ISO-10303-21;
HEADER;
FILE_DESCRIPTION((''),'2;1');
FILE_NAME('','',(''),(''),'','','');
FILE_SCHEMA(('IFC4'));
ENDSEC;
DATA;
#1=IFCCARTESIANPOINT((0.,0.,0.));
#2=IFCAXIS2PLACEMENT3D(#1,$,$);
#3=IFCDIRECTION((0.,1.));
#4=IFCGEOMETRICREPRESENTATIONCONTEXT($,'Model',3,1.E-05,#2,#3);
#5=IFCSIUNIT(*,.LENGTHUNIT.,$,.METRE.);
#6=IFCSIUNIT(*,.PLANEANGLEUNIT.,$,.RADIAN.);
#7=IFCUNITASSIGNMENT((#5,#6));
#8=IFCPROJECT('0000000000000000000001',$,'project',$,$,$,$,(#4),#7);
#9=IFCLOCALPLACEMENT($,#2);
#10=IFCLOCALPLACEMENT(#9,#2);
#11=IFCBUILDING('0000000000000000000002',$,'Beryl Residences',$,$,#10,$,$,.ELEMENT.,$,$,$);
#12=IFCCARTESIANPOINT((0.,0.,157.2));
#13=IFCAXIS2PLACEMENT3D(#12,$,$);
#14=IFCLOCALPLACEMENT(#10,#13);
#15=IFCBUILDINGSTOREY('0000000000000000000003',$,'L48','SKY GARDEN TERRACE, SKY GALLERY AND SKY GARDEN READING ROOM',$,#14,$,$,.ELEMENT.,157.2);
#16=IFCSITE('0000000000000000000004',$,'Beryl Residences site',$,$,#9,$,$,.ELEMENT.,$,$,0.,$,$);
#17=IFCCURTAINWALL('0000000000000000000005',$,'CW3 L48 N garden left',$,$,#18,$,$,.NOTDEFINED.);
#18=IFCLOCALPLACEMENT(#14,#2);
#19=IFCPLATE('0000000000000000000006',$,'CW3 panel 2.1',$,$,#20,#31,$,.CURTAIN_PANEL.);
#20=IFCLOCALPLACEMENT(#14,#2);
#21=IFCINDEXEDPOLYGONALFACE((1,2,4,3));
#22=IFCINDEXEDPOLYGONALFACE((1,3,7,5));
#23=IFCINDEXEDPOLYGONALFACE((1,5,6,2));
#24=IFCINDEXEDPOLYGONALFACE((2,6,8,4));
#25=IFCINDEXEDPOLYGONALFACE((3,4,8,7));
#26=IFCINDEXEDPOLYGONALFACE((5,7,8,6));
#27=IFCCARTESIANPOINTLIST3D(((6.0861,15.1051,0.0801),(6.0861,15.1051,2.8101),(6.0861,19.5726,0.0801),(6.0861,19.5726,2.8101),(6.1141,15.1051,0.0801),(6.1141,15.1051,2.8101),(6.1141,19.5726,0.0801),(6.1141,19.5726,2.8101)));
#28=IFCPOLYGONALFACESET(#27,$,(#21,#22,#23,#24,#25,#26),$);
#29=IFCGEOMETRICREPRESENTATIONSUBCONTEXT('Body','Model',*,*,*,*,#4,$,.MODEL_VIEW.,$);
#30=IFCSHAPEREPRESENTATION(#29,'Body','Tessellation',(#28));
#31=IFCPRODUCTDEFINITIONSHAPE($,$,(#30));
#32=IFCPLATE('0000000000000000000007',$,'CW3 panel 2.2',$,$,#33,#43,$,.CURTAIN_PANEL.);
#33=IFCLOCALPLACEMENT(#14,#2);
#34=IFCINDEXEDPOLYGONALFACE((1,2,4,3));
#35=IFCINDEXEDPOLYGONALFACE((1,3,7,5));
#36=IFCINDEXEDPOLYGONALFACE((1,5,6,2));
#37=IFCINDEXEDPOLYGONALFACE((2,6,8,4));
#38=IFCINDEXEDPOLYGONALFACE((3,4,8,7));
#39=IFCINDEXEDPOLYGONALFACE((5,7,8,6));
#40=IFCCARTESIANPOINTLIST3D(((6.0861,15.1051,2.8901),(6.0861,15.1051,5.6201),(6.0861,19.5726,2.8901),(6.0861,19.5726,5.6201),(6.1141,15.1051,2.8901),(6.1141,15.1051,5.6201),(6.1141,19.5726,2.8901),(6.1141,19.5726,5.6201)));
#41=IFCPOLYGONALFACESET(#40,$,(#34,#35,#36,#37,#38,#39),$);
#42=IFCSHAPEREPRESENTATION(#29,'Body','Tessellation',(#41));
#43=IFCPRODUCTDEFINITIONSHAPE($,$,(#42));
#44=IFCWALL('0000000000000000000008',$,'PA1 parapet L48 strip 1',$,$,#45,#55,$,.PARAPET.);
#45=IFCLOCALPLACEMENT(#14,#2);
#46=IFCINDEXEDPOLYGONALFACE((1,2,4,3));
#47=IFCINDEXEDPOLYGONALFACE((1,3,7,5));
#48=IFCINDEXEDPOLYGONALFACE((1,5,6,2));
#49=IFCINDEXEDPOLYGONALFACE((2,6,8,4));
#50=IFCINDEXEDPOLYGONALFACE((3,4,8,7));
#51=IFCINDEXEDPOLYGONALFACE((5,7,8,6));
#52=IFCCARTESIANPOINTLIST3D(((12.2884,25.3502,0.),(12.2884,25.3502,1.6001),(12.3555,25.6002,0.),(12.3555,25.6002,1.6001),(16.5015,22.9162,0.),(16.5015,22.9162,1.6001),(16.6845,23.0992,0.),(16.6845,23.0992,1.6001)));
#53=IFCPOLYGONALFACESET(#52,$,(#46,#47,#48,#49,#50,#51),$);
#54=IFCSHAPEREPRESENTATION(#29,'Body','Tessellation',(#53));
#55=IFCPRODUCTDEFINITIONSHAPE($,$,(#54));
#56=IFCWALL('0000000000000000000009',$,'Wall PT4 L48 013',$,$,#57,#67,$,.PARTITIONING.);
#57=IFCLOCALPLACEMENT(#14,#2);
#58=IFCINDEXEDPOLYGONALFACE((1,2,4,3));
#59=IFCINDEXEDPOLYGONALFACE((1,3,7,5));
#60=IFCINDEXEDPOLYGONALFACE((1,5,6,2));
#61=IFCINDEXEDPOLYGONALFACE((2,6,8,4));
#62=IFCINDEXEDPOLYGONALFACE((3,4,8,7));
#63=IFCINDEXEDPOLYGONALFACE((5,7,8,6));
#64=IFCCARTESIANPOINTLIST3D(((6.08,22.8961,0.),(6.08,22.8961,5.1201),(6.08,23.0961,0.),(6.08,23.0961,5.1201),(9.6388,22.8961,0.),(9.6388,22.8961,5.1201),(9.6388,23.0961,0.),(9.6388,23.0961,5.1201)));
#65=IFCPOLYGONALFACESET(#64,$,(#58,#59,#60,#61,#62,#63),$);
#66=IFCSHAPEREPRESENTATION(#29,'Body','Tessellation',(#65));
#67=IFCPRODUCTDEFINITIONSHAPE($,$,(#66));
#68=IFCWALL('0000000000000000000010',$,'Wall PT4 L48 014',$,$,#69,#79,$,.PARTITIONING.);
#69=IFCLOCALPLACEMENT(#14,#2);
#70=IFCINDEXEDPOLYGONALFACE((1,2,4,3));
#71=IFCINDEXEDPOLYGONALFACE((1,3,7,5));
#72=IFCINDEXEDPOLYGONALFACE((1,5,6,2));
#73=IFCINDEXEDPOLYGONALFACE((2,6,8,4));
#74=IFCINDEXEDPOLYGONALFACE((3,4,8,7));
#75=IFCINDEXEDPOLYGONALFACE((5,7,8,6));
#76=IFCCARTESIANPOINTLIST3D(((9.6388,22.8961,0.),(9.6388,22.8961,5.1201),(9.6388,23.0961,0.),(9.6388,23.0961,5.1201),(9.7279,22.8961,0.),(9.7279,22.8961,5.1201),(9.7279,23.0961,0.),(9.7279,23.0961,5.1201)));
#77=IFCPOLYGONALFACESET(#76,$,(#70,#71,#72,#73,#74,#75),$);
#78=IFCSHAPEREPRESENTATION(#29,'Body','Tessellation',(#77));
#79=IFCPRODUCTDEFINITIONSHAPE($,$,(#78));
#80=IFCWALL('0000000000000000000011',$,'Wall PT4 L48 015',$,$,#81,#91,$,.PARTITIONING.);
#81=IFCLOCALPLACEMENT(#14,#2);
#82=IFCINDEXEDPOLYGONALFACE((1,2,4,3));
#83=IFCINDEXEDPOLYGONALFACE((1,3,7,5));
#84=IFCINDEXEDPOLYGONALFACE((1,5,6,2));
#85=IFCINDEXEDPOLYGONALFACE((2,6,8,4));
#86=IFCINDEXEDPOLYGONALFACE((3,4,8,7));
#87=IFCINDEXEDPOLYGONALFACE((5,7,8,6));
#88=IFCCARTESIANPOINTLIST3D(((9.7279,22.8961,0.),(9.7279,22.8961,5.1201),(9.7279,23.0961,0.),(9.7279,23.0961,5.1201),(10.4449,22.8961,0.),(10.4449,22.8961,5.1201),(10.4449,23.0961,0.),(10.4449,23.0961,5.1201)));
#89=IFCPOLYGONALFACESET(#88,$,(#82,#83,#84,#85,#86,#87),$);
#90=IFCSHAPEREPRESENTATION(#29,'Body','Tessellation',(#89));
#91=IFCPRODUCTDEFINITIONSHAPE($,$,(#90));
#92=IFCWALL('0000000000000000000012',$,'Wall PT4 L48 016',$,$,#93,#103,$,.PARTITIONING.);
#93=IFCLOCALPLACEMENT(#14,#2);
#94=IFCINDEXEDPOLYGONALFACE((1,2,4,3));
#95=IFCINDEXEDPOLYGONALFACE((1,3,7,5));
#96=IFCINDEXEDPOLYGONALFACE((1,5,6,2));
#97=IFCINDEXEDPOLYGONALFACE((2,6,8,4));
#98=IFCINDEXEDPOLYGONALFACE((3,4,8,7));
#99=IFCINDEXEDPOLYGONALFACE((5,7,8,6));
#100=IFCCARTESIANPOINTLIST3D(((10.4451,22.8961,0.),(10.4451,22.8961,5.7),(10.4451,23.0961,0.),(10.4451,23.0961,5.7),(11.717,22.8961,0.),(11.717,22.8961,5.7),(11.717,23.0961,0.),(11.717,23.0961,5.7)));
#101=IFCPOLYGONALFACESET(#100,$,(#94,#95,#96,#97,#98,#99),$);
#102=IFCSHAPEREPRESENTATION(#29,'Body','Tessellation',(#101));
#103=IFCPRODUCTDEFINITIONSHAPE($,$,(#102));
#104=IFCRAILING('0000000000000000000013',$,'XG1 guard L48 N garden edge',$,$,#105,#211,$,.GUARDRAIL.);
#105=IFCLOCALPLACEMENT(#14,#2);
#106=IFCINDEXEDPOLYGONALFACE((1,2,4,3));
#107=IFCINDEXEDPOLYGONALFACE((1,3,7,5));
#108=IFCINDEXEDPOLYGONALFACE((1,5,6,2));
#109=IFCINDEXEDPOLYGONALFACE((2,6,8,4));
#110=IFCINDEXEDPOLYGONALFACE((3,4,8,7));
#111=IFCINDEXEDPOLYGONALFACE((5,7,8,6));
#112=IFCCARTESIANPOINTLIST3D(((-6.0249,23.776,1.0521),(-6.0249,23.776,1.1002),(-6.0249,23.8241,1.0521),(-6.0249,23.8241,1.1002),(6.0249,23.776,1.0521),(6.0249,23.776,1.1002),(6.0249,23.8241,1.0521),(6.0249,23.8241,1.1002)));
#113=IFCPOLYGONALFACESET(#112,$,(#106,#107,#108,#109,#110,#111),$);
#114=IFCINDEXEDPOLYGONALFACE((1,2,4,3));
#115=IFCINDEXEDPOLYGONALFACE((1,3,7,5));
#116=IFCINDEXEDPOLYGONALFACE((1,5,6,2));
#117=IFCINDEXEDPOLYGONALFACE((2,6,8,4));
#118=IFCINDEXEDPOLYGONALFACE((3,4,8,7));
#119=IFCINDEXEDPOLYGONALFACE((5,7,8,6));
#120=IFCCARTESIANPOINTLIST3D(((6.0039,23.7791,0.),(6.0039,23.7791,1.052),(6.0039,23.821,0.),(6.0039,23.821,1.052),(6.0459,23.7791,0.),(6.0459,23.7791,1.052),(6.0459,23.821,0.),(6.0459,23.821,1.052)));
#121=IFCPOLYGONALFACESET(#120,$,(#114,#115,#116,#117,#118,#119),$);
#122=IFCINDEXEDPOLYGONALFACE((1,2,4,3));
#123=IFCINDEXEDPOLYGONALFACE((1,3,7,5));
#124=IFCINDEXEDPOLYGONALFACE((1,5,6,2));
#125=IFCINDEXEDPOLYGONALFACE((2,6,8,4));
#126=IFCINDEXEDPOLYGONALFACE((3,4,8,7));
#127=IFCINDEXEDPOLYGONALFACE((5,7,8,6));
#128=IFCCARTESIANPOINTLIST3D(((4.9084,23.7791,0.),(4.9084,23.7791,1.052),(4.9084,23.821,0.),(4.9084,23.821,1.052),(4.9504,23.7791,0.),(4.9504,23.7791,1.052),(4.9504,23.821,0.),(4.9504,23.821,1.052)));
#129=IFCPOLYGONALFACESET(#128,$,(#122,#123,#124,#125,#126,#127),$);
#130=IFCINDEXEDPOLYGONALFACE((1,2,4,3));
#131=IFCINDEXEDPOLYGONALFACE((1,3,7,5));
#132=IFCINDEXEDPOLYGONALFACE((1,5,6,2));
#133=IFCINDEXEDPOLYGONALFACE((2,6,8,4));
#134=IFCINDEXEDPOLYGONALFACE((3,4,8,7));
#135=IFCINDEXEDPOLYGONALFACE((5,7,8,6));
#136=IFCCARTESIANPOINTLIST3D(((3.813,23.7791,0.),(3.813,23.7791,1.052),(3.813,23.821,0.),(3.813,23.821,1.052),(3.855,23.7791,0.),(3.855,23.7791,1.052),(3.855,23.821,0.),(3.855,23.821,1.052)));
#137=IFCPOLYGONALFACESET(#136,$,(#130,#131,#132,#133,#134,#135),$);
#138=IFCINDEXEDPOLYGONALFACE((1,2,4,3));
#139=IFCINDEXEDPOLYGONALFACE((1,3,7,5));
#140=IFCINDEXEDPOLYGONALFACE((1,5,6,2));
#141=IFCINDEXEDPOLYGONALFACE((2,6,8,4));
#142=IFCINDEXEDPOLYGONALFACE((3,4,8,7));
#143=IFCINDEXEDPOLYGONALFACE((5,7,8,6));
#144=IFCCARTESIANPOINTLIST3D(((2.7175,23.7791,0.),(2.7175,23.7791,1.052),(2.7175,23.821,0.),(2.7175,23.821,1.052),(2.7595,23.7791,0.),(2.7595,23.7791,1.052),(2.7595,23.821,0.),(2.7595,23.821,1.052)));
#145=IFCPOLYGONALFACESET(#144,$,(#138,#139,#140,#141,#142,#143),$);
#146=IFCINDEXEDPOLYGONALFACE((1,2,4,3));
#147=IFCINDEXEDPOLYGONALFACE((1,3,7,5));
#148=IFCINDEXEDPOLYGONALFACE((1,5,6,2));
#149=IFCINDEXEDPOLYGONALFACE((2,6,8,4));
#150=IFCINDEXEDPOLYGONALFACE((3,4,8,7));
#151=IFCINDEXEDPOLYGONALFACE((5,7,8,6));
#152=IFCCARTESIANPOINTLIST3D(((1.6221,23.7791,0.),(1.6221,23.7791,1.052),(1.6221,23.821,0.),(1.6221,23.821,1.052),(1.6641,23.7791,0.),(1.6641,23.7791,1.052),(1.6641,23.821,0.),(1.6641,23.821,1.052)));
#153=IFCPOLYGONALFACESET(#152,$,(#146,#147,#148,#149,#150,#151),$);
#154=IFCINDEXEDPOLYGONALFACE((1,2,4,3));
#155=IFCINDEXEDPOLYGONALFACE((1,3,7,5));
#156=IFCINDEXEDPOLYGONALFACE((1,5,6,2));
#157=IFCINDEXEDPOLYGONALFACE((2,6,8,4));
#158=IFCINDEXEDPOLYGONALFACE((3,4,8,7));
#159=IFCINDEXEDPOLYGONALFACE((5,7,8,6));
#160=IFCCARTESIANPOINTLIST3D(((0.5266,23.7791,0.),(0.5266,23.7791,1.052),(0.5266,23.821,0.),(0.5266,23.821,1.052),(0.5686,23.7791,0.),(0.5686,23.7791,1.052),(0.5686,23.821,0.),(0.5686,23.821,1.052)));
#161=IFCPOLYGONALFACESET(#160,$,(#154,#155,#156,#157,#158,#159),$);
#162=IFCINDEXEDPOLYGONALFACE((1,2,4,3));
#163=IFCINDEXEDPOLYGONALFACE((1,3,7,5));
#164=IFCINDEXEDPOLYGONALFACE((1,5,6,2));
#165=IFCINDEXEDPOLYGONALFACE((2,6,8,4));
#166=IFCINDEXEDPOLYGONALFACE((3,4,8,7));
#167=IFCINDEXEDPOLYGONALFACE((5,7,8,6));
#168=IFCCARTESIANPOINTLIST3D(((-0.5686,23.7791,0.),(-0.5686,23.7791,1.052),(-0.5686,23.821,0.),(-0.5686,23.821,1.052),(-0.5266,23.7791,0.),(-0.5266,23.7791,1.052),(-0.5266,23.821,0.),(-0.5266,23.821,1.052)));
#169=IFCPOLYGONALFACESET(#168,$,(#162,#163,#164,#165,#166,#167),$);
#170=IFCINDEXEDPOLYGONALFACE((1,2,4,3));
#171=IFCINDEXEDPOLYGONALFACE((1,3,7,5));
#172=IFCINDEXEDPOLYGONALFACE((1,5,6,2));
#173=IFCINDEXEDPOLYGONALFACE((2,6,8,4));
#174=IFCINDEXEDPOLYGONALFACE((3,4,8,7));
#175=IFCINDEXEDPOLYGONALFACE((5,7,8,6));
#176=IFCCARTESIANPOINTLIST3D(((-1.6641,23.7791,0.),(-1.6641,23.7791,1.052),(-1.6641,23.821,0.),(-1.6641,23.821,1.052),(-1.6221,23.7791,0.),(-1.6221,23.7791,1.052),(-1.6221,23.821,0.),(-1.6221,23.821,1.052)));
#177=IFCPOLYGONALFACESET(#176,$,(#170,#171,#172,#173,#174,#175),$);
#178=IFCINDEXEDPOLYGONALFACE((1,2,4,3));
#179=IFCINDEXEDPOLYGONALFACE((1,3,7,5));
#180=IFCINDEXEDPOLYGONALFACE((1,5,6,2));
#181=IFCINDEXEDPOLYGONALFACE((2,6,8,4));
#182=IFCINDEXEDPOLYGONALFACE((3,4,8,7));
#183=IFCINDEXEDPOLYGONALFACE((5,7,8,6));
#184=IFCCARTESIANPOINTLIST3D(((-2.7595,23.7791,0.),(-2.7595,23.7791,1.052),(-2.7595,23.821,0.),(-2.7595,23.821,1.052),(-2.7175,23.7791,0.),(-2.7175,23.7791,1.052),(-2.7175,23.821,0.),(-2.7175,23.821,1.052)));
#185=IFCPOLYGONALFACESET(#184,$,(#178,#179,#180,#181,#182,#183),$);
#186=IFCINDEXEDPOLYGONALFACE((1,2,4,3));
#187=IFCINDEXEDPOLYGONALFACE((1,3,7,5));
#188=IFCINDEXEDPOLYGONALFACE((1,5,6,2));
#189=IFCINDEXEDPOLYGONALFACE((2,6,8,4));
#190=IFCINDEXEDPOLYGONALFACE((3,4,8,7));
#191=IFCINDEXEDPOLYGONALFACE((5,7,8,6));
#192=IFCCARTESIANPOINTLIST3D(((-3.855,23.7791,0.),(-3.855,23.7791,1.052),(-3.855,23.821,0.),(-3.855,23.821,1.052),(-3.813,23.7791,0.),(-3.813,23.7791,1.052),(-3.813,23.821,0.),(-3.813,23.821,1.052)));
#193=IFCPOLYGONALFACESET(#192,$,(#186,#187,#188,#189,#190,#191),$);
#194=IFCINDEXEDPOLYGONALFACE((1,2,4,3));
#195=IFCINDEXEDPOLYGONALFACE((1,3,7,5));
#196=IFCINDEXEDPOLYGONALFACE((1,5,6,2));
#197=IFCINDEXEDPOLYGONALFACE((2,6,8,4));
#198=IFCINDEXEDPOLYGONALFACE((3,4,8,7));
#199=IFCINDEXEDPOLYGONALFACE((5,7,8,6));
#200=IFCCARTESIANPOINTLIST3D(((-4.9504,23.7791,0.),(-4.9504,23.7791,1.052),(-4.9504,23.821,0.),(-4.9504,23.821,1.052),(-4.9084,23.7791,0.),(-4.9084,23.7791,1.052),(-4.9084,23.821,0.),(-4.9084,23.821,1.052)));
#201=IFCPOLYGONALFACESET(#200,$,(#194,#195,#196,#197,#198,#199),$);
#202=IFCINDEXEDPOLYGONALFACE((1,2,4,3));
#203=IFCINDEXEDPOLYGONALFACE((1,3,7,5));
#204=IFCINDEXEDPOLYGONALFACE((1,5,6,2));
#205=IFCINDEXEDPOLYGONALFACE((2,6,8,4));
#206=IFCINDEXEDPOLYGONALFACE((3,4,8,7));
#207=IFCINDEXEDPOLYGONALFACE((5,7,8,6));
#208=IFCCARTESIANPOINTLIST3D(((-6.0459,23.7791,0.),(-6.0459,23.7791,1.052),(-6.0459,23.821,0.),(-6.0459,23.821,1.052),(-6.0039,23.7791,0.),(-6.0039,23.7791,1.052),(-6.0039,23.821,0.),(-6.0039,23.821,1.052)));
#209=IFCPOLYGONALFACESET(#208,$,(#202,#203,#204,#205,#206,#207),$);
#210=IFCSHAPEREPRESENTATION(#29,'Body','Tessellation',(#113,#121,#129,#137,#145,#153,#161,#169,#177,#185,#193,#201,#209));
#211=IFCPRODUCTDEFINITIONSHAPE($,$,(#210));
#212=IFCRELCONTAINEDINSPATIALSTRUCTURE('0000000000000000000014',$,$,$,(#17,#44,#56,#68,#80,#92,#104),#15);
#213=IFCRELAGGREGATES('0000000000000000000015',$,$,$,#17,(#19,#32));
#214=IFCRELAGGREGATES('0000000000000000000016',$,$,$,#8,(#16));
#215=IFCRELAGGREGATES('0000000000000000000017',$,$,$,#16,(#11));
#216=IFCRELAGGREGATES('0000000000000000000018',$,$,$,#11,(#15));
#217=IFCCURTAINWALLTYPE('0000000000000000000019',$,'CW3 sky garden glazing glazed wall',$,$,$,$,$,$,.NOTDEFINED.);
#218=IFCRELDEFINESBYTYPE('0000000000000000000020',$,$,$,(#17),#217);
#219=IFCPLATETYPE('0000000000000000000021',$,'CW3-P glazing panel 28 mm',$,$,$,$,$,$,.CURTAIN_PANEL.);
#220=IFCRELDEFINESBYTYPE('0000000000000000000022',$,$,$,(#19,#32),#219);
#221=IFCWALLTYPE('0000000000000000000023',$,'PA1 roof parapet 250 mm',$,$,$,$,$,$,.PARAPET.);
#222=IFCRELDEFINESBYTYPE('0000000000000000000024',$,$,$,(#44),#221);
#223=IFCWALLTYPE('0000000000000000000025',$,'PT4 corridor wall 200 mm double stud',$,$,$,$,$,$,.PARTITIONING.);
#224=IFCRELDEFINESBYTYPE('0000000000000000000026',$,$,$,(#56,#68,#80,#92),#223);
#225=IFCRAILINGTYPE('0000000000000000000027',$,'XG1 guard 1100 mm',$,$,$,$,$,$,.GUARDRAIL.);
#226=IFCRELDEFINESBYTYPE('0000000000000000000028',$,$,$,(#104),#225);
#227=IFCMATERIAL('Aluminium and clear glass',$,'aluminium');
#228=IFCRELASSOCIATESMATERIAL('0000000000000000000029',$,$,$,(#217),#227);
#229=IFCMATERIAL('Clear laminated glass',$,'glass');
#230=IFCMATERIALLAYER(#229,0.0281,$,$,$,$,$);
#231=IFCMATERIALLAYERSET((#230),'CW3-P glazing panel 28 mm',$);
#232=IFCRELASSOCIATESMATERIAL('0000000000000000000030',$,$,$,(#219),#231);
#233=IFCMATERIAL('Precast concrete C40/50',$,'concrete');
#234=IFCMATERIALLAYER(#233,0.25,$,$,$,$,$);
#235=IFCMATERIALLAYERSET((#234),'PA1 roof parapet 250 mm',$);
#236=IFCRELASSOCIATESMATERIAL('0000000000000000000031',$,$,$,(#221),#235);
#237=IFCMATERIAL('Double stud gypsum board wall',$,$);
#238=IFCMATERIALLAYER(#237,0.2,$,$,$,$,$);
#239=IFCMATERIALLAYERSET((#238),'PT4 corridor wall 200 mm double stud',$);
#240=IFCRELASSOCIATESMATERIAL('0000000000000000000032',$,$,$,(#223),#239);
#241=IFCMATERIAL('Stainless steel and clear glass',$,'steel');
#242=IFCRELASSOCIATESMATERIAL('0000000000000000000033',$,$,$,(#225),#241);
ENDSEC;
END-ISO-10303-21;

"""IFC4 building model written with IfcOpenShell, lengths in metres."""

from ifc_helpers import new_model, si_unit, direction, frame, frame_2d, origin, origin_2d, place, context, subcontext, project, spatial, polyline, rectangle, outline, extrude, material, layer, layer_set, type_object, element, aggregate, save


model = new_model("IFC4")

# Units and contexts
model_context = context("Model", 3, precision=1e-05, world=origin(), true_north=direction((0.0, 1.0)))
body_context = subcontext(model_context, "Body", "Model", "MODEL_VIEW")
ifc_project = project(units=[si_unit("LENGTHUNIT", "METRE"), si_unit("PLANEANGLEUNIT", "RADIAN")], contexts=[model_context])

# Site, building, storey
site_placement = place(None, origin())
site = spatial("IfcSite", under=ifc_project, at=site_placement, Name="Beryl Residences site", CompositionType="ELEMENT", RefElevation=0.0)
building_placement = place(site_placement, origin())
building = spatial("IfcBuilding", under=site, at=building_placement, Name="Beryl Residences", CompositionType="ELEMENT")
storey_placement = place(building_placement, frame((0.0, 0.0, 157.2)))
storey = spatial("IfcBuildingStorey", under=building, at=storey_placement, Name="L48", Description="SKY GARDEN TERRACE, SKY GALLERY AND SKY GARDEN READING ROOM", CompositionType="ELEMENT", Elevation=157.2)

# Shared definitions
ifc_material_1 = material(Name="Aluminium and clear glass", Category="aluminium")
curtain_wall_type = type_object("IfcCurtainWallType", Name="CW3 sky garden glazing glazed wall", PredefinedType="NOTDEFINED", material=ifc_material_1)

# Curtain wall
curtain_wall_1_placement = place(storey_placement, origin())
curtain_wall_1 = element("IfcCurtainWall", 1, at=curtain_wall_1_placement, inside=storey, type_object=curtain_wall_type, Name="CW3 L48 N garden left", PredefinedType="NOTDEFINED")

# Plates
ifc_material_2 = material(Name="Clear laminated glass", Category="glass")
ifc_layer_1 = layer(ifc_material_2, 0.0281)
ifc_layer_set_1 = layer_set([ifc_layer_1], Name="CW3-P glazing panel 28 mm")
plate_type = type_object("IfcPlateType", Name="CW3-P glazing panel 28 mm", PredefinedType="CURTAIN_PANEL", material=ifc_layer_set_1)
plate_1_placement = place(storey_placement, frame((6.1001, 17.3389, 0.0801), z_axis=(0.0, 0.0, 1.0), x_axis=(0.0, -1.0, 0.0)))
plate_1 = element("IfcPlate", 2, at=plate_1_placement, type_object=plate_type, Name="CW3 panel 2.1", PredefinedType="CURTAIN_PANEL", context=body_context, shape_type="SweptSolid", body=[
    extrude(rectangle(XDim=4.4675, YDim=0.0281, at=origin_2d()), origin(), (0.0, 0.0, 1.0), 2.73),
])
plate_2_placement = place(storey_placement, frame((6.1001, 17.3389, 2.8901), z_axis=(0.0, 0.0, 1.0), x_axis=(0.0, -1.0, 0.0)))
plate_2 = element("IfcPlate", 3, at=plate_2_placement, type_object=plate_type, Name="CW3 panel 2.2", PredefinedType="CURTAIN_PANEL", context=body_context, shape_type="SweptSolid", body=[
    extrude(rectangle(XDim=4.4675, YDim=0.0281, at=origin_2d()), origin(), (0.0, 0.0, 1.0), 2.73),
])
aggregate(curtain_wall_1, [plate_1, plate_2])

# Walls
ifc_material_3 = material(Name="Precast concrete C40/50", Category="concrete")
ifc_layer_2 = layer(ifc_material_3, 0.25)
ifc_layer_set_2 = layer_set([ifc_layer_2], Name="PA1 roof parapet 250 mm")
wall_type_1 = type_object("IfcWallType", Name="PA1 roof parapet 250 mm", PredefinedType="PARAPET", material=ifc_layer_set_2)
wall_1_placement = place(storey_placement, frame((12.293, 25.4919, 0.0), z_axis=(0.0, 0.0, 1.0), x_axis=(0.86589, -0.500235, 0.0)))
element("IfcWall", 4, at=wall_1_placement, inside=storey, type_object=wall_type_1, Name="PA1 parapet L48 strip 1", PredefinedType="PARAPET", context=body_context, shape_type="SweptSolid", body=[
    extrude(outline(polyline([(0.0669, -0.125), (4.9326, -0.125), (4.9995, 0.125), (0.0, 0.125), (0.0669, -0.125)])), origin(), (0.0, 0.0, 1.0), 1.6001),
])
ifc_material_4 = material(Name="Double stud gypsum board wall")
ifc_layer_3 = layer(ifc_material_4, 0.2)
ifc_layer_set_3 = layer_set([ifc_layer_3], Name="PT4 corridor wall 200 mm double stud")
wall_type_2 = type_object("IfcWallType", Name="PT4 corridor wall 200 mm double stud", PredefinedType="PARTITIONING", material=ifc_layer_set_3)
wall_2_placement = place(storey_placement, frame((6.0801, 22.9961, 0.0), z_axis=(0.0, 0.0, 1.0), x_axis=(1.0, 0.0, 0.0)))
element("IfcWall", 5, at=wall_2_placement, inside=storey, type_object=wall_type_2, Name="Wall PT4 L48 013", PredefinedType="PARTITIONING", context=body_context, shape_type="SweptSolid", body=[
    extrude(rectangle(XDim=3.5588, YDim=0.2, at=frame_2d((1.7793, 0.0))), origin(), (0.0, 0.0, 1.0), 5.1201),
])
wall_3_placement = place(storey_placement, frame((9.6389, 22.9961, 0.0), z_axis=(0.0, 0.0, 1.0), x_axis=(1.0, 0.0, 0.0)))
element("IfcWall", 6, at=wall_3_placement, inside=storey, type_object=wall_type_2, Name="Wall PT4 L48 014", PredefinedType="PARTITIONING", context=body_context, shape_type="SweptSolid", body=[
    extrude(rectangle(XDim=0.0891, YDim=0.2, at=frame_2d((0.0444, 0.0))), origin(), (0.0, 0.0, 1.0), 5.1201),
])
wall_4_placement = place(storey_placement, frame((9.728, 22.9961, 0.0), z_axis=(0.0, 0.0, 1.0), x_axis=(1.0, 0.0, 0.0)))
element("IfcWall", 7, at=wall_4_placement, inside=storey, type_object=wall_type_2, Name="Wall PT4 L48 015", PredefinedType="PARTITIONING", context=body_context, shape_type="SweptSolid", body=[
    extrude(rectangle(XDim=0.717, YDim=0.2, at=frame_2d((0.3584, 0.0))), origin(), (0.0, 0.0, 1.0), 5.1201),
])
wall_5_placement = place(storey_placement, frame((10.4451, 22.9961, 0.0), z_axis=(0.0, 0.0, 1.0), x_axis=(1.0, 0.0, 0.0)))
element("IfcWall", 8, at=wall_5_placement, inside=storey, type_object=wall_type_2, Name="Wall PT4 L48 016", PredefinedType="PARTITIONING", context=body_context, shape_type="SweptSolid", body=[
    extrude(rectangle(XDim=1.272, YDim=0.2, at=frame_2d((0.636, 0.0))), origin(), (0.0, 0.0, 1.0), 5.7),
])

# Railing
ifc_material_5 = material(Name="Stainless steel and clear glass", Category="steel")
railing_type = type_object("IfcRailingType", Name="XG1 guard 1100 mm", PredefinedType="GUARDRAIL", material=ifc_material_5)
railing_placement = place(storey_placement, frame((6.0249, 23.8, 0.0)))
element("IfcRailing", 9, at=railing_placement, inside=storey, type_object=railing_type, Name="XG1 guard L48 N garden edge", PredefinedType="GUARDRAIL", context=body_context, shape_type="SweptSolid", body=[
    extrude(rectangle(XDim=0.0481, YDim=0.0481, at=origin_2d()), frame((0.0, 0.0, 1.0762), z_axis=(-1.0, 0.0, 0.0), x_axis=(0.0, -1.0, 0.0)), (0.0, 0.0, 1.0), 12.0498),
    extrude(rectangle(XDim=0.042, YDim=0.042, at=origin_2d()), origin(), (0.0, 0.0, 1.0), 1.052),
    extrude(rectangle(XDim=0.042, YDim=0.042, at=origin_2d()), frame((-1.0955, 0.0, 0.0)), (0.0, 0.0, 1.0), 1.052),
    extrude(rectangle(XDim=0.042, YDim=0.042, at=origin_2d()), frame((-2.1909, 0.0, 0.0)), (0.0, 0.0, 1.0), 1.052),
    extrude(rectangle(XDim=0.042, YDim=0.042, at=origin_2d()), frame((-3.2864, 0.0, 0.0)), (0.0, 0.0, 1.0), 1.052),
    extrude(rectangle(XDim=0.042, YDim=0.042, at=origin_2d()), frame((-4.3818, 0.0, 0.0)), (0.0, 0.0, 1.0), 1.052),
    extrude(rectangle(XDim=0.042, YDim=0.042, at=origin_2d()), frame((-5.4773, 0.0, 0.0)), (0.0, 0.0, 1.0), 1.052),
    extrude(rectangle(XDim=0.042, YDim=0.042, at=origin_2d()), frame((-6.5725, 0.0, 0.0)), (0.0, 0.0, 1.0), 1.052),
    extrude(rectangle(XDim=0.042, YDim=0.042, at=origin_2d()), frame((-7.668, 0.0, 0.0)), (0.0, 0.0, 1.0), 1.052),
    extrude(rectangle(XDim=0.042, YDim=0.042, at=origin_2d()), frame((-8.7634, 0.0, 0.0)), (0.0, 0.0, 1.0), 1.052),
    extrude(rectangle(XDim=0.042, YDim=0.042, at=origin_2d()), frame((-9.8589, 0.0, 0.0)), (0.0, 0.0, 1.0), 1.052),
    extrude(rectangle(XDim=0.042, YDim=0.042, at=origin_2d()), frame((-10.9543, 0.0, 0.0)), (0.0, 0.0, 1.0), 1.052),
    extrude(rectangle(XDim=0.042, YDim=0.042, at=origin_2d()), frame((-12.0498, 0.0, 0.0)), (0.0, 0.0, 1.0), 1.052),
])

save(model, "model.ifc")
